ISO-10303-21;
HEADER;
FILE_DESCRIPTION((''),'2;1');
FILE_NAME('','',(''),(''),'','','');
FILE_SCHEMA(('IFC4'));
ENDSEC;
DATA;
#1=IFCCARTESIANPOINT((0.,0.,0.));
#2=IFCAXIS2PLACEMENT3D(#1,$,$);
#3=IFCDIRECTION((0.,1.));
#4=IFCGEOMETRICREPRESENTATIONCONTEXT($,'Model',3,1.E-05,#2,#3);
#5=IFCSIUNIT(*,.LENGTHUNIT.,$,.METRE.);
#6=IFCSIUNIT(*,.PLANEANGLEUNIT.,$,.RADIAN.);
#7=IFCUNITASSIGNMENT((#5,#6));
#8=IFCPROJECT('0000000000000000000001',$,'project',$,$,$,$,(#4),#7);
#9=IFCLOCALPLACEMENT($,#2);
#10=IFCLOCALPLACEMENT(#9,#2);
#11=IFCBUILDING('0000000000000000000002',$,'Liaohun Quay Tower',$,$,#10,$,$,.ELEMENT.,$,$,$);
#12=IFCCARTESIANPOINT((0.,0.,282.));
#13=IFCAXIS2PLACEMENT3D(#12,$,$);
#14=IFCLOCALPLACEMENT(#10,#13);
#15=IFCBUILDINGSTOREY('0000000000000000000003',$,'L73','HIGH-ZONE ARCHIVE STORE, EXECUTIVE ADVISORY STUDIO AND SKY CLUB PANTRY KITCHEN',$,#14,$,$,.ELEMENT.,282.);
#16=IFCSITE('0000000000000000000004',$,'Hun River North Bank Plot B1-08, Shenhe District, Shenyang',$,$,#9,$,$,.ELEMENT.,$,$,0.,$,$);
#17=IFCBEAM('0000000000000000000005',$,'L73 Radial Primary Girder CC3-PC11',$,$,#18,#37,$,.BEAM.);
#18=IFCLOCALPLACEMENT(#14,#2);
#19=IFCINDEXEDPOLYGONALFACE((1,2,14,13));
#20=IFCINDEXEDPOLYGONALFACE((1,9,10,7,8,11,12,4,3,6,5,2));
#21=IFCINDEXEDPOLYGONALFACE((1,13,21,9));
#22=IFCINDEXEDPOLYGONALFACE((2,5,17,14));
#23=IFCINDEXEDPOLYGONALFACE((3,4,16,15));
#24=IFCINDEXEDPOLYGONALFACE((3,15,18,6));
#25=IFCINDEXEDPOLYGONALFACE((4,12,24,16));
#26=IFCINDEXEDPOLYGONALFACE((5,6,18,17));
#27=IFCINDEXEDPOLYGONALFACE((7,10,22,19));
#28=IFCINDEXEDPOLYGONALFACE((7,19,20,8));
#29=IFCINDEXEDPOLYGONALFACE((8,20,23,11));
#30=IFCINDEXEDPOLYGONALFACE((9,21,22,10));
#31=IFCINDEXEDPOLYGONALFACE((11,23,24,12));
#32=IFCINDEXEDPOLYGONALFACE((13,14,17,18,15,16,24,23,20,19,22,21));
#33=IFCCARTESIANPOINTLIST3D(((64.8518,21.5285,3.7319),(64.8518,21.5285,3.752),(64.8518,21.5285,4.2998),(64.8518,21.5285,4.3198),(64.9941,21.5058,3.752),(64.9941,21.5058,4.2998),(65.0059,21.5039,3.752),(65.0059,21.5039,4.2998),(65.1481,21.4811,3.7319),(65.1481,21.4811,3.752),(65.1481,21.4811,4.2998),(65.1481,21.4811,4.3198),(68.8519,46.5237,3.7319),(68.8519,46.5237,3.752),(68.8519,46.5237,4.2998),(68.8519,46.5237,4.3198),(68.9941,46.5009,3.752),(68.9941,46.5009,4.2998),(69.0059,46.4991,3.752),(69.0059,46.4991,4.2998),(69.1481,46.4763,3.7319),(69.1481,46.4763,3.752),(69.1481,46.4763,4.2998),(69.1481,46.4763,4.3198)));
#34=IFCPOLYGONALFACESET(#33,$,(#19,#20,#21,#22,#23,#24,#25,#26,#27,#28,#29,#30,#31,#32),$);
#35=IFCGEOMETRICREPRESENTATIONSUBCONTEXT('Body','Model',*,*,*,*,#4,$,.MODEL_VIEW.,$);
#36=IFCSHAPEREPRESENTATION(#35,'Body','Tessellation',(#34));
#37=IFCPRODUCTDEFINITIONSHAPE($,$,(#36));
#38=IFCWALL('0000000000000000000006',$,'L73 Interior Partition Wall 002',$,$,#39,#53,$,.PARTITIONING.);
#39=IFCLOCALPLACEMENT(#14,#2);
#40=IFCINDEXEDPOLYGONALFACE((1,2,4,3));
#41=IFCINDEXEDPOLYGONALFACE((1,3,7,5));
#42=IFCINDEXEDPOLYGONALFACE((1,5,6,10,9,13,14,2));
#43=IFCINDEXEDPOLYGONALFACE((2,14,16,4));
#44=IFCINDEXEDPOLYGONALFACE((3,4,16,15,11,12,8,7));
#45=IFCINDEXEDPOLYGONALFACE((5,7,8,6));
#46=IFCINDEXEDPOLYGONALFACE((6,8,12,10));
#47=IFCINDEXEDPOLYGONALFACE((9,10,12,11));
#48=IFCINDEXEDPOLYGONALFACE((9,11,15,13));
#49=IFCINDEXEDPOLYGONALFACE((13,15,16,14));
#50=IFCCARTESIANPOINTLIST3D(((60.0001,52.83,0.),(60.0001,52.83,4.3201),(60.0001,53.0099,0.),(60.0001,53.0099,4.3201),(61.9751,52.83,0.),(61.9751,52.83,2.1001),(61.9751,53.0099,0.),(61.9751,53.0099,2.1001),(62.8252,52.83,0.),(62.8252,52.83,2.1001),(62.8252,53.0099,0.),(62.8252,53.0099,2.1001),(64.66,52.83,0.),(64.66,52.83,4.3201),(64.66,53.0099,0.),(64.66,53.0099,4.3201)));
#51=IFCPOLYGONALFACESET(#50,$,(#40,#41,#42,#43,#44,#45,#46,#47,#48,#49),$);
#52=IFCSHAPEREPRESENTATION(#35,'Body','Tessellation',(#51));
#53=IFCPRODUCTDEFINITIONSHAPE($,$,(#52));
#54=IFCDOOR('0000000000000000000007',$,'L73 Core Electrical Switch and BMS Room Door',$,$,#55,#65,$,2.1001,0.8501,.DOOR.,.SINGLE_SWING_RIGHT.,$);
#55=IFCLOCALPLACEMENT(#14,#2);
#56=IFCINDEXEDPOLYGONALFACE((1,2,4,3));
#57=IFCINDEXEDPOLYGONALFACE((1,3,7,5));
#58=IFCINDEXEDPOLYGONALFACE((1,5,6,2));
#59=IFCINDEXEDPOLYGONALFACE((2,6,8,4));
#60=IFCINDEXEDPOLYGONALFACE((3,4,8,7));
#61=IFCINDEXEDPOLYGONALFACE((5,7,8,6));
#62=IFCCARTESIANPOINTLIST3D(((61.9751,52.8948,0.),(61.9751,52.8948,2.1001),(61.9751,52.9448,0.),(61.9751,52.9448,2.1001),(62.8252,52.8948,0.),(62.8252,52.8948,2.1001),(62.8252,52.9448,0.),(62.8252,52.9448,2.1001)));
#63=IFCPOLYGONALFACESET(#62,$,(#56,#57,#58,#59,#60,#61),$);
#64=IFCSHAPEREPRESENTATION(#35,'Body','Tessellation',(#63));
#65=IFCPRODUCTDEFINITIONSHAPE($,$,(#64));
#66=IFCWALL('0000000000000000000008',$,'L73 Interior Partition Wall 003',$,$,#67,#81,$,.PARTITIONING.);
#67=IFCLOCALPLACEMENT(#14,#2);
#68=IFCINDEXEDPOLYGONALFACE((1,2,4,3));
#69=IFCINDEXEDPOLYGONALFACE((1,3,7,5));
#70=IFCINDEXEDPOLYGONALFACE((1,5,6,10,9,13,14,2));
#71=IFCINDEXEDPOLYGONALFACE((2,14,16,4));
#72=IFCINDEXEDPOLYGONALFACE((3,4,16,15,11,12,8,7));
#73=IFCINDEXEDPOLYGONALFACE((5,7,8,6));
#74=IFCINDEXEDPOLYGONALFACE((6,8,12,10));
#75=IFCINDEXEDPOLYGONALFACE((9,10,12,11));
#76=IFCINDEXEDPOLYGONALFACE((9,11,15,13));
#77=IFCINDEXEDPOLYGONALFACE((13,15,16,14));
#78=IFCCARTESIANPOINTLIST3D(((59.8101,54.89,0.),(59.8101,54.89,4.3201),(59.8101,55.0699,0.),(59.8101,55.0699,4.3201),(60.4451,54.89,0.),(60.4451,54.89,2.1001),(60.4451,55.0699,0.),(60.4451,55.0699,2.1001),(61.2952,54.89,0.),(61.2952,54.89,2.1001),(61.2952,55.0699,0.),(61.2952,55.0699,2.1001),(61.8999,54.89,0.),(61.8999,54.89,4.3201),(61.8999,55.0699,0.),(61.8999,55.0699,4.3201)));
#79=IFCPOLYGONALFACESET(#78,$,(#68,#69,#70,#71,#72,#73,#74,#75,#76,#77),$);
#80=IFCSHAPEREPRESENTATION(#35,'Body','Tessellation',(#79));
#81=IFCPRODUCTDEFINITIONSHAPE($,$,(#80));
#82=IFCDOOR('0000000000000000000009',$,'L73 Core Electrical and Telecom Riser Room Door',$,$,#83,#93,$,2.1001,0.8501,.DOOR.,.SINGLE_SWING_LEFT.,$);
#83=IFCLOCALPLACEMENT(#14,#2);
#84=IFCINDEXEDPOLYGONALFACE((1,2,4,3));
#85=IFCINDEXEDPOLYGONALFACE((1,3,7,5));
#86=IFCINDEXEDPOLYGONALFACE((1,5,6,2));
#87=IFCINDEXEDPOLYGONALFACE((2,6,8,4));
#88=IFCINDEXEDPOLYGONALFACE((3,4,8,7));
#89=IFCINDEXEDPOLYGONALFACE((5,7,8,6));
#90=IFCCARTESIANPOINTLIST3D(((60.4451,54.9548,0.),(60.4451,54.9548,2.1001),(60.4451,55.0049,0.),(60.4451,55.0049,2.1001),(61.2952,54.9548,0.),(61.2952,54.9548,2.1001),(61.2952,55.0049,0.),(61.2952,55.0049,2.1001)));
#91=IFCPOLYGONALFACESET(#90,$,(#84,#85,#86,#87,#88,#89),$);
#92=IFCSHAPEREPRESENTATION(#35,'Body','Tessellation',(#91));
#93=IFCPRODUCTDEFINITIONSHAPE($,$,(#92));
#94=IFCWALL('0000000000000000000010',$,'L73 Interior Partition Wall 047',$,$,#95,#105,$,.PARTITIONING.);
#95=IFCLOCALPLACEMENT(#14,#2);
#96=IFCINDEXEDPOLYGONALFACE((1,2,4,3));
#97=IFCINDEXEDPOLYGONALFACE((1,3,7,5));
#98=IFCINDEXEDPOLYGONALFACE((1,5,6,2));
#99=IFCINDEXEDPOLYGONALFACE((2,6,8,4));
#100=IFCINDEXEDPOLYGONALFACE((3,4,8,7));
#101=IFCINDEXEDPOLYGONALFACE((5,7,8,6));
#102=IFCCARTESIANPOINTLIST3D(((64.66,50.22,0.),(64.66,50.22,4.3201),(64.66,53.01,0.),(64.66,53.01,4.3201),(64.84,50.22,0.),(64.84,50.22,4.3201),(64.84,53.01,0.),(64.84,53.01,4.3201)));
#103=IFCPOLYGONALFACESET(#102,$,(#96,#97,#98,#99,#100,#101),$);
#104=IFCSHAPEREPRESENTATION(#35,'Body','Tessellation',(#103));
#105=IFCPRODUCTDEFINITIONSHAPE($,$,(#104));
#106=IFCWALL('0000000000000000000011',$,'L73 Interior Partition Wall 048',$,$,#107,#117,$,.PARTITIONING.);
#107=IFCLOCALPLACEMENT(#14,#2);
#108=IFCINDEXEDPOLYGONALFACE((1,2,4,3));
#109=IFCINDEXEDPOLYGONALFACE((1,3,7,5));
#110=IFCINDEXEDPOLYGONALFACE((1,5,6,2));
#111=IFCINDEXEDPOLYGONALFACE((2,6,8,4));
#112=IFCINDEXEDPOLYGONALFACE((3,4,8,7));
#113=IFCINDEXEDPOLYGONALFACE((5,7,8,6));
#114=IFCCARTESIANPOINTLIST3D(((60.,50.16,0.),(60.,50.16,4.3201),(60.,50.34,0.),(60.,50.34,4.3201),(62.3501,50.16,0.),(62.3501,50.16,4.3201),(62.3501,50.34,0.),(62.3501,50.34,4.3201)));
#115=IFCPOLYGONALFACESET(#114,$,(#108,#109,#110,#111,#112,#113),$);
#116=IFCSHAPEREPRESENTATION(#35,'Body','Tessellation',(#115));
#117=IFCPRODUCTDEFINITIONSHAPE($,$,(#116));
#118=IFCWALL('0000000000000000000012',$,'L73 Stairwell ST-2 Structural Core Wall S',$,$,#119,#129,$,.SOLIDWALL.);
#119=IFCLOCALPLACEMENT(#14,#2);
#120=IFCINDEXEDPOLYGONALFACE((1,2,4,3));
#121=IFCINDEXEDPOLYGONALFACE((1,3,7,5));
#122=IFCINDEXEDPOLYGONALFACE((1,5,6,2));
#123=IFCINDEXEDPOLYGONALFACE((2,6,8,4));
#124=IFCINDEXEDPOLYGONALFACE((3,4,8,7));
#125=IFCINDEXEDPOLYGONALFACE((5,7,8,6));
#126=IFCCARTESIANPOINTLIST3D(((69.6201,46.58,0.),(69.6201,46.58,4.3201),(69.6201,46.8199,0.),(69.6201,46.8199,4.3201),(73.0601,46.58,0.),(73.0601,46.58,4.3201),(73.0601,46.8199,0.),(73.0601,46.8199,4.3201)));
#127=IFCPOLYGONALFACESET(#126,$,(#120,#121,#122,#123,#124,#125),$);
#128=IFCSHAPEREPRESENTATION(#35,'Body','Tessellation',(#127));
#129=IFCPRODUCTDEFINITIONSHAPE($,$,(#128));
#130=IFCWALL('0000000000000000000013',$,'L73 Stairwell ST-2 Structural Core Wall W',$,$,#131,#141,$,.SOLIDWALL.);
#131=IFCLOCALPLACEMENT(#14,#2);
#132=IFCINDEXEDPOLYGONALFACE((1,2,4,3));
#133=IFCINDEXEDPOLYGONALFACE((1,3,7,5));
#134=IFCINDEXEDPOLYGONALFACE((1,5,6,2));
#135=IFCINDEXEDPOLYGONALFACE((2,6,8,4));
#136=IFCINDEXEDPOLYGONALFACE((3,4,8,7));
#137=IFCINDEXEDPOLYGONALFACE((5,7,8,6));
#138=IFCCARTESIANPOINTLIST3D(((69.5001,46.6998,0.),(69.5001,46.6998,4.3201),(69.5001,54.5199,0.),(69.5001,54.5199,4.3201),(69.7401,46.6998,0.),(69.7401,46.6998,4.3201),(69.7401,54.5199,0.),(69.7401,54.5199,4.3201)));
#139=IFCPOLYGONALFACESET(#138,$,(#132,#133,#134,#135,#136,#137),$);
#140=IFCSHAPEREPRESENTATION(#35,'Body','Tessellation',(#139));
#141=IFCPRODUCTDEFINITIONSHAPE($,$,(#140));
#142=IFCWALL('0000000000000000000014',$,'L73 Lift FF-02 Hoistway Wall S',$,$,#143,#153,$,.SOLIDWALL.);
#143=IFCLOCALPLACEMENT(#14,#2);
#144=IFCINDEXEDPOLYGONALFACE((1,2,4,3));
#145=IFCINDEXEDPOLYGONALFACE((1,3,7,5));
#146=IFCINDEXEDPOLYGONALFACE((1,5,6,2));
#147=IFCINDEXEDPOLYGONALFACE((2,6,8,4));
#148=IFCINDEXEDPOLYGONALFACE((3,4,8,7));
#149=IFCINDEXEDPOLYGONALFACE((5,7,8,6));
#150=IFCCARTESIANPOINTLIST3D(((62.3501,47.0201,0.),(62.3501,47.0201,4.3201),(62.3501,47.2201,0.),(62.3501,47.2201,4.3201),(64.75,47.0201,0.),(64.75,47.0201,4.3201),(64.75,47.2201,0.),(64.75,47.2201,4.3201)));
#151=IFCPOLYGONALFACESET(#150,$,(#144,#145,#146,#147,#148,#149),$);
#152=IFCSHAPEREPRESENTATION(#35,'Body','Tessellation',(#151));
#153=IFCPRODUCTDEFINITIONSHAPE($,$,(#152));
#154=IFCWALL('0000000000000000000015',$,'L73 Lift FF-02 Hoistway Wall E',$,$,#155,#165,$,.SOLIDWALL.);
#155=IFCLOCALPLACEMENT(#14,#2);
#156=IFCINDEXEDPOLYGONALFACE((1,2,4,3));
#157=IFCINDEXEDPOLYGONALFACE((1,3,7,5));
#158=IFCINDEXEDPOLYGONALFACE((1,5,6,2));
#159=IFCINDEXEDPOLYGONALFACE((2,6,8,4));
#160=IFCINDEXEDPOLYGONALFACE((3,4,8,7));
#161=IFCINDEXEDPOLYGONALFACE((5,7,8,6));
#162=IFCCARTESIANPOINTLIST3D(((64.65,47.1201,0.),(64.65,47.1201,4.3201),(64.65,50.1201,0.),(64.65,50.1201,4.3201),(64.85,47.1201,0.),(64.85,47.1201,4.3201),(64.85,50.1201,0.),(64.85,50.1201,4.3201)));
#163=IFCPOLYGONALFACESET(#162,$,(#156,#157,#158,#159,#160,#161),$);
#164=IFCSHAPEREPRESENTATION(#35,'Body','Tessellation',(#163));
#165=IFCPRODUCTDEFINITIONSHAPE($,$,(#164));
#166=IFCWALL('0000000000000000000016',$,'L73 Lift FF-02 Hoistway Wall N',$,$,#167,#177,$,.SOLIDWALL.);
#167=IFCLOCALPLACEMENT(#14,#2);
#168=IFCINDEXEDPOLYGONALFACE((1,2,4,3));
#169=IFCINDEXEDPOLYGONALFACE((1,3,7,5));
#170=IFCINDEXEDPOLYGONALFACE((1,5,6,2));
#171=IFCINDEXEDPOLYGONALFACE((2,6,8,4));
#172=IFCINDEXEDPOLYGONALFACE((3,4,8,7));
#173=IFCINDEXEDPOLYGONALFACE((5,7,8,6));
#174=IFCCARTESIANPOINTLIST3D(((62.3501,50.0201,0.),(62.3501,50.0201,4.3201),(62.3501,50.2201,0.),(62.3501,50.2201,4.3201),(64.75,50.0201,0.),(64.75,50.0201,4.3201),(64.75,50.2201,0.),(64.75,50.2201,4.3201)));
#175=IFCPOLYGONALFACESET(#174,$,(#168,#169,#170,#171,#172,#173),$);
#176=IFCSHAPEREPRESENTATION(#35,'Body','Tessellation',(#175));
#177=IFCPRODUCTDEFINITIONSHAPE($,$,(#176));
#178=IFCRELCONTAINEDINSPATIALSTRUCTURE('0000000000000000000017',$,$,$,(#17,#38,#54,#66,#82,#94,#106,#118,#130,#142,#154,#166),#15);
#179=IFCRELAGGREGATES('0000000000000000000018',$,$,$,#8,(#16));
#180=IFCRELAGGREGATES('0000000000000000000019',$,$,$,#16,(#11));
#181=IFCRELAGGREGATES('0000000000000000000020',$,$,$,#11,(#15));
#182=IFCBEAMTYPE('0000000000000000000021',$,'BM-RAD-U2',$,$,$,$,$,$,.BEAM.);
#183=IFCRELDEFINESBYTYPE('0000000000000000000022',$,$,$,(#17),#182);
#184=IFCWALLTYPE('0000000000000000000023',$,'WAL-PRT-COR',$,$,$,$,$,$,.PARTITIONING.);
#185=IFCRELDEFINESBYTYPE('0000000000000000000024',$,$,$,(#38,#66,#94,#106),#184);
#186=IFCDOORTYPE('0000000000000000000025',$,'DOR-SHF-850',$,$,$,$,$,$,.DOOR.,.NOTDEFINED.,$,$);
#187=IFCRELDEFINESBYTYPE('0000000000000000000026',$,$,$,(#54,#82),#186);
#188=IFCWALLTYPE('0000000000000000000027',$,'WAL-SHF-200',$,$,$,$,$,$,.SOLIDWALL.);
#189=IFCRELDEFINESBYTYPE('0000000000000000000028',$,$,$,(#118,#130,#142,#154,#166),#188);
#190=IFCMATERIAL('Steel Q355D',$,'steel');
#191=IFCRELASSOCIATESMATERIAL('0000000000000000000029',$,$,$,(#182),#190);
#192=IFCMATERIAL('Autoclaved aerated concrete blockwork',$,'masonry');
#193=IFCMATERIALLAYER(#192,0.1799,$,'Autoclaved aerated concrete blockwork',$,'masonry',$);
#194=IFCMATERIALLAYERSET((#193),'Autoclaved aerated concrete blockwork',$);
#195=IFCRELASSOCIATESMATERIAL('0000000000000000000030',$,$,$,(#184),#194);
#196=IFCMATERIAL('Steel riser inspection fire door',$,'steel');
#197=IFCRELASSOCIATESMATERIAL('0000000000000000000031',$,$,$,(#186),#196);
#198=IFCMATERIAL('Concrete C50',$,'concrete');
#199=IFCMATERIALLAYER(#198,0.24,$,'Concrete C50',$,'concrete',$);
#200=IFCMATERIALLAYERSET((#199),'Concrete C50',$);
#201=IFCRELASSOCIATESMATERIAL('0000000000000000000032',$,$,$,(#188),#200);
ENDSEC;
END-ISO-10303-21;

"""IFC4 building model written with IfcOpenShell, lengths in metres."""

from ifc_helpers import new_model, si_unit, direction, frame, frame_2d, origin, origin_2d, place, context, subcontext, project, spatial, rectangle, i_section, extrude, source, transform, mapped, material, layer, layer_set, material_profile, profile_set, type_object, element, fill, save


model = new_model("IFC4")

# Units and contexts
model_context = context("Model", 3, precision=1e-05, world=origin(), true_north=direction((0.0, 1.0)))
body_context = subcontext(model_context, "Body", "Model", "MODEL_VIEW")
ifc_project = project(units=[si_unit("LENGTHUNIT", "METRE"), si_unit("PLANEANGLEUNIT", "RADIAN")], contexts=[model_context])

# Site, building, storey
site_placement = place(None, origin())
site = spatial("IfcSite", under=ifc_project, at=site_placement, Name="Hun River North Bank Plot B1-08, Shenhe District, Shenyang", CompositionType="ELEMENT", RefElevation=0.0)
building_placement = place(site_placement, origin())
building = spatial("IfcBuilding", under=site, at=building_placement, Name="Liaohun Quay Tower", CompositionType="ELEMENT")
storey_placement = place(building_placement, frame((0.0, 0.0, 282.0)))
storey = spatial("IfcBuildingStorey", under=building, at=storey_placement, Name="L73", Description="HIGH-ZONE ARCHIVE STORE, EXECUTIVE ADVISORY STUDIO AND SKY CLUB PANTRY KITCHEN", CompositionType="ELEMENT", Elevation=282.0)

# Beam
ifc_material_1 = material(Name="Steel Q355D", Category="steel")
ifc_material_profile = material_profile(ifc_material_1, i_section(OverallWidth=0.3, OverallDepth=0.5879, WebThickness=0.012, FlangeThickness=0.02, at=origin_2d()), Name="HM588x300x12x20")
ifc_profile_set = profile_set([ifc_material_profile], Name="Steel Q355D")
beam_type = type_object("IfcBeamType", Name="BM-RAD-U2", PredefinedType="BEAM", material=ifc_profile_set)
shared_shape_1 = source(origin(), body_context, "Body", "SweptSolid", [
    extrude(i_section(OverallWidth=0.3, OverallDepth=0.5879, WebThickness=0.012, FlangeThickness=0.02, at=origin_2d()), origin(), (0.0, 0.0, 1.0), 25.3132),
])
beam_placement = place(storey_placement, frame((69.0, 46.5, 4.0259), z_axis=(-0.158021, -0.987436, 0.0), x_axis=(0.987436, -0.158021, 0.0)))
element("IfcBeam", 1, at=beam_placement, inside=storey, type_object=beam_type, Name="L73 Radial Primary Girder CC3-PC11", PredefinedType="BEAM", context=body_context, shape_type="MappedRepresentation", body=[
    mapped(shared_shape_1, transform((0.0, 0.0, 0.0), x_axis=(1.0, 0.0, 0.0), y_axis=(0.0, 1.0, 0.0), z_axis=(0.0, 0.0, 1.0), scale=1.0)),
])

# Walls, openings, doors
ifc_material_2 = material(Name="Autoclaved aerated concrete blockwork", Category="masonry")
ifc_layer_1 = layer(ifc_material_2, 0.1799, Name="Autoclaved aerated concrete blockwork", Category="masonry")
ifc_layer_set_1 = layer_set([ifc_layer_1], Name="Autoclaved aerated concrete blockwork")
wall_type_1 = type_object("IfcWallType", Name="WAL-PRT-COR", PredefinedType="PARTITIONING", material=ifc_layer_set_1)
wall_1_placement = place(storey_placement, frame((60.0, 52.9199, 0.0), z_axis=(0.0, 0.0, 1.0), x_axis=(1.0, 0.0, 0.0)))
wall_1 = element("IfcWall", 2, at=wall_1_placement, inside=storey, type_object=wall_type_1, Name="L73 Interior Partition Wall 002", PredefinedType="PARTITIONING", context=body_context, shape_type="SweptSolid", body=[
    extrude(rectangle(XDim=4.6599, YDim=0.1799, at=frame_2d((2.3301, 0.0))), origin(), (0.0, 0.0, 1.0), 4.3201),
])
shared_shape_2 = source(origin(), body_context, "Body", "SweptSolid", [
    extrude(rectangle(XDim=0.8501, YDim=2.1001, at=frame_2d((0.425, 1.05))), frame((0.0, 0.0999, 0.0), z_axis=(0.0, -1.0, 0.0), x_axis=(1.0, 0.0, 0.0)), (0.0, 0.0, 1.0), 0.2),
])
opening_1_placement = place(wall_1_placement, frame((1.9751, 0.0, 0.0)))
opening_1 = element("IfcOpeningElement", 3, at=opening_1_placement, cuts=wall_1, PredefinedType="OPENING", context=body_context, shape_type="MappedRepresentation", body=[
    mapped(shared_shape_2, transform((0.0, 0.0, 0.0), x_axis=(1.0, 0.0, 0.0), y_axis=(0.0, 1.0, 0.0), z_axis=(0.0, 0.0, 1.0), scale=1.0)),
])
ifc_material_3 = material(Name="Steel riser inspection fire door", Category="steel")
door_type_1 = type_object("IfcDoorType", Name="DOR-SHF-850", OperationType="NOTDEFINED", PredefinedType="DOOR", material=ifc_material_3)
shared_shape_3 = source(origin(), body_context, "Body", "SweptSolid", [
    extrude(rectangle(XDim=0.8501, YDim=2.1001, at=frame_2d((0.425, 1.05))), frame((0.0, 0.0249, 0.0), z_axis=(0.0, -1.0, 0.0), x_axis=(1.0, 0.0, 0.0)), (0.0, 0.0, 1.0), 0.05),
])
door_1_placement = place(opening_1_placement, origin())
door_1 = element("IfcDoor", 4, at=door_1_placement, inside=storey, type_object=door_type_1, Name="L73 Core Electrical Switch and BMS Room Door", OperationType="SINGLE_SWING_RIGHT", OverallHeight=2.1001, OverallWidth=0.8501, PredefinedType="DOOR", context=body_context, shape_type="MappedRepresentation", body=[
    mapped(shared_shape_3, transform((0.0, 0.0, 0.0), x_axis=(1.0, 0.0, 0.0), y_axis=(0.0, 1.0, 0.0), z_axis=(0.0, 0.0, 1.0), scale=1.0)),
])
fill(opening_1, door_1)
wall_2_placement = place(storey_placement, frame((59.8101, 54.98, 0.0), z_axis=(0.0, 0.0, 1.0), x_axis=(1.0, 0.0, 0.0)))
wall_2 = element("IfcWall", 5, at=wall_2_placement, inside=storey, type_object=wall_type_1, Name="L73 Interior Partition Wall 003", PredefinedType="PARTITIONING", context=body_context, shape_type="SweptSolid", body=[
    extrude(rectangle(XDim=2.0898, YDim=0.1799, at=frame_2d((1.0449, 0.0))), origin(), (0.0, 0.0, 1.0), 4.3201),
])
opening_2_placement = place(wall_2_placement, frame((0.635, 0.0, 0.0)))
opening_2 = element("IfcOpeningElement", 6, at=opening_2_placement, cuts=wall_2, PredefinedType="OPENING", context=body_context, shape_type="MappedRepresentation", body=[
    mapped(shared_shape_2, transform((0.0, 0.0, 0.0), x_axis=(1.0, 0.0, 0.0), y_axis=(0.0, 1.0, 0.0), z_axis=(0.0, 0.0, 1.0), scale=1.0)),
])
door_2_placement = place(opening_2_placement, origin())
door_2 = element("IfcDoor", 7, at=door_2_placement, inside=storey, type_object=door_type_1, Name="L73 Core Electrical and Telecom Riser Room Door", OperationType="SINGLE_SWING_LEFT", OverallHeight=2.1001, OverallWidth=0.8501, PredefinedType="DOOR", context=body_context, shape_type="MappedRepresentation", body=[
    mapped(shared_shape_3, transform((0.0, 0.0, 0.0), x_axis=(1.0, 0.0, 0.0), y_axis=(0.0, 1.0, 0.0), z_axis=(0.0, 0.0, 1.0), scale=1.0)),
])
fill(opening_2, door_2)

# Walls
wall_3_placement = place(storey_placement, frame((64.75, 50.22, 0.0), z_axis=(0.0, 0.0, 1.0), x_axis=(0.0, 1.0, 0.0)))
element("IfcWall", 8, at=wall_3_placement, inside=storey, type_object=wall_type_1, Name="L73 Interior Partition Wall 047", PredefinedType="PARTITIONING", context=body_context, shape_type="SweptSolid", body=[
    extrude(rectangle(XDim=2.79, YDim=0.1799, at=frame_2d((1.395, 0.0))), origin(), (0.0, 0.0, 1.0), 4.3201),
])
wall_4_placement = place(storey_placement, frame((60.0, 50.25, 0.0), z_axis=(0.0, 0.0, 1.0), x_axis=(1.0, 0.0, 0.0)))
element("IfcWall", 9, at=wall_4_placement, inside=storey, type_object=wall_type_1, Name="L73 Interior Partition Wall 048", PredefinedType="PARTITIONING", context=body_context, shape_type="SweptSolid", body=[
    extrude(rectangle(XDim=2.3501, YDim=0.1799, at=frame_2d((1.175, 0.0))), origin(), (0.0, 0.0, 1.0), 4.3201),
])
ifc_material_4 = material(Name="Concrete C50", Category="concrete")
ifc_layer_2 = layer(ifc_material_4, 0.24, Name="Concrete C50", Category="concrete")
ifc_layer_set_2 = layer_set([ifc_layer_2], Name="Concrete C50")
wall_type_2 = type_object("IfcWallType", Name="WAL-SHF-200", PredefinedType="SOLIDWALL", material=ifc_layer_set_2)
wall_5_placement = place(storey_placement, frame((69.6201, 46.7, 0.0), z_axis=(0.0, 0.0, 1.0), x_axis=(1.0, 0.0, 0.0)))
element("IfcWall", 10, at=wall_5_placement, inside=storey, type_object=wall_type_2, Name="L73 Stairwell ST-2 Structural Core Wall S", PredefinedType="SOLIDWALL", context=body_context, shape_type="SweptSolid", body=[
    extrude(rectangle(XDim=3.4399, YDim=0.24, at=frame_2d((1.72, 0.0))), origin(), (0.0, 0.0, 1.0), 4.3201),
])
wall_6_placement = place(storey_placement, frame((69.6201, 54.52, 0.0), z_axis=(0.0, 0.0, 1.0), x_axis=(0.0, -1.0, 0.0)))
element("IfcWall", 11, at=wall_6_placement, inside=storey, type_object=wall_type_2, Name="L73 Stairwell ST-2 Structural Core Wall W", PredefinedType="SOLIDWALL", context=body_context, shape_type="SweptSolid", body=[
    extrude(rectangle(XDim=7.8201, YDim=0.24, at=frame_2d((3.9102, 0.0))), origin(), (0.0, 0.0, 1.0), 4.3201),
])
wall_7_placement = place(storey_placement, frame((62.3501, 47.1201, 0.0), z_axis=(0.0, 0.0, 1.0), x_axis=(1.0, 0.0, 0.0)))
element("IfcWall", 12, at=wall_7_placement, inside=storey, type_object=wall_type_2, Name="L73 Lift FF-02 Hoistway Wall S", PredefinedType="SOLIDWALL", context=body_context, shape_type="SweptSolid", body=[
    extrude(rectangle(XDim=2.3999, YDim=0.2, at=frame_2d((1.2, 0.0))), origin(), (0.0, 0.0, 1.0), 4.3201),
])
wall_8_placement = place(storey_placement, frame((64.75, 47.1201, 0.0), z_axis=(0.0, 0.0, 1.0), x_axis=(0.0, 1.0, 0.0)))
element("IfcWall", 13, at=wall_8_placement, inside=storey, type_object=wall_type_2, Name="L73 Lift FF-02 Hoistway Wall E", PredefinedType="SOLIDWALL", context=body_context, shape_type="SweptSolid", body=[
    extrude(rectangle(XDim=3.0, YDim=0.2, at=frame_2d((1.5, 0.0))), origin(), (0.0, 0.0, 1.0), 4.3201),
])
wall_9_placement = place(storey_placement, frame((64.75, 50.1201, 0.0), z_axis=(0.0, 0.0, 1.0), x_axis=(-1.0, 0.0, 0.0)))
element("IfcWall", 14, at=wall_9_placement, inside=storey, type_object=wall_type_2, Name="L73 Lift FF-02 Hoistway Wall N", PredefinedType="SOLIDWALL", context=body_context, shape_type="SweptSolid", body=[
    extrude(rectangle(XDim=2.3999, YDim=0.2, at=frame_2d((1.2, 0.0))), origin(), (0.0, 0.0, 1.0), 4.3201),
])

save(model, "model.ifc")
